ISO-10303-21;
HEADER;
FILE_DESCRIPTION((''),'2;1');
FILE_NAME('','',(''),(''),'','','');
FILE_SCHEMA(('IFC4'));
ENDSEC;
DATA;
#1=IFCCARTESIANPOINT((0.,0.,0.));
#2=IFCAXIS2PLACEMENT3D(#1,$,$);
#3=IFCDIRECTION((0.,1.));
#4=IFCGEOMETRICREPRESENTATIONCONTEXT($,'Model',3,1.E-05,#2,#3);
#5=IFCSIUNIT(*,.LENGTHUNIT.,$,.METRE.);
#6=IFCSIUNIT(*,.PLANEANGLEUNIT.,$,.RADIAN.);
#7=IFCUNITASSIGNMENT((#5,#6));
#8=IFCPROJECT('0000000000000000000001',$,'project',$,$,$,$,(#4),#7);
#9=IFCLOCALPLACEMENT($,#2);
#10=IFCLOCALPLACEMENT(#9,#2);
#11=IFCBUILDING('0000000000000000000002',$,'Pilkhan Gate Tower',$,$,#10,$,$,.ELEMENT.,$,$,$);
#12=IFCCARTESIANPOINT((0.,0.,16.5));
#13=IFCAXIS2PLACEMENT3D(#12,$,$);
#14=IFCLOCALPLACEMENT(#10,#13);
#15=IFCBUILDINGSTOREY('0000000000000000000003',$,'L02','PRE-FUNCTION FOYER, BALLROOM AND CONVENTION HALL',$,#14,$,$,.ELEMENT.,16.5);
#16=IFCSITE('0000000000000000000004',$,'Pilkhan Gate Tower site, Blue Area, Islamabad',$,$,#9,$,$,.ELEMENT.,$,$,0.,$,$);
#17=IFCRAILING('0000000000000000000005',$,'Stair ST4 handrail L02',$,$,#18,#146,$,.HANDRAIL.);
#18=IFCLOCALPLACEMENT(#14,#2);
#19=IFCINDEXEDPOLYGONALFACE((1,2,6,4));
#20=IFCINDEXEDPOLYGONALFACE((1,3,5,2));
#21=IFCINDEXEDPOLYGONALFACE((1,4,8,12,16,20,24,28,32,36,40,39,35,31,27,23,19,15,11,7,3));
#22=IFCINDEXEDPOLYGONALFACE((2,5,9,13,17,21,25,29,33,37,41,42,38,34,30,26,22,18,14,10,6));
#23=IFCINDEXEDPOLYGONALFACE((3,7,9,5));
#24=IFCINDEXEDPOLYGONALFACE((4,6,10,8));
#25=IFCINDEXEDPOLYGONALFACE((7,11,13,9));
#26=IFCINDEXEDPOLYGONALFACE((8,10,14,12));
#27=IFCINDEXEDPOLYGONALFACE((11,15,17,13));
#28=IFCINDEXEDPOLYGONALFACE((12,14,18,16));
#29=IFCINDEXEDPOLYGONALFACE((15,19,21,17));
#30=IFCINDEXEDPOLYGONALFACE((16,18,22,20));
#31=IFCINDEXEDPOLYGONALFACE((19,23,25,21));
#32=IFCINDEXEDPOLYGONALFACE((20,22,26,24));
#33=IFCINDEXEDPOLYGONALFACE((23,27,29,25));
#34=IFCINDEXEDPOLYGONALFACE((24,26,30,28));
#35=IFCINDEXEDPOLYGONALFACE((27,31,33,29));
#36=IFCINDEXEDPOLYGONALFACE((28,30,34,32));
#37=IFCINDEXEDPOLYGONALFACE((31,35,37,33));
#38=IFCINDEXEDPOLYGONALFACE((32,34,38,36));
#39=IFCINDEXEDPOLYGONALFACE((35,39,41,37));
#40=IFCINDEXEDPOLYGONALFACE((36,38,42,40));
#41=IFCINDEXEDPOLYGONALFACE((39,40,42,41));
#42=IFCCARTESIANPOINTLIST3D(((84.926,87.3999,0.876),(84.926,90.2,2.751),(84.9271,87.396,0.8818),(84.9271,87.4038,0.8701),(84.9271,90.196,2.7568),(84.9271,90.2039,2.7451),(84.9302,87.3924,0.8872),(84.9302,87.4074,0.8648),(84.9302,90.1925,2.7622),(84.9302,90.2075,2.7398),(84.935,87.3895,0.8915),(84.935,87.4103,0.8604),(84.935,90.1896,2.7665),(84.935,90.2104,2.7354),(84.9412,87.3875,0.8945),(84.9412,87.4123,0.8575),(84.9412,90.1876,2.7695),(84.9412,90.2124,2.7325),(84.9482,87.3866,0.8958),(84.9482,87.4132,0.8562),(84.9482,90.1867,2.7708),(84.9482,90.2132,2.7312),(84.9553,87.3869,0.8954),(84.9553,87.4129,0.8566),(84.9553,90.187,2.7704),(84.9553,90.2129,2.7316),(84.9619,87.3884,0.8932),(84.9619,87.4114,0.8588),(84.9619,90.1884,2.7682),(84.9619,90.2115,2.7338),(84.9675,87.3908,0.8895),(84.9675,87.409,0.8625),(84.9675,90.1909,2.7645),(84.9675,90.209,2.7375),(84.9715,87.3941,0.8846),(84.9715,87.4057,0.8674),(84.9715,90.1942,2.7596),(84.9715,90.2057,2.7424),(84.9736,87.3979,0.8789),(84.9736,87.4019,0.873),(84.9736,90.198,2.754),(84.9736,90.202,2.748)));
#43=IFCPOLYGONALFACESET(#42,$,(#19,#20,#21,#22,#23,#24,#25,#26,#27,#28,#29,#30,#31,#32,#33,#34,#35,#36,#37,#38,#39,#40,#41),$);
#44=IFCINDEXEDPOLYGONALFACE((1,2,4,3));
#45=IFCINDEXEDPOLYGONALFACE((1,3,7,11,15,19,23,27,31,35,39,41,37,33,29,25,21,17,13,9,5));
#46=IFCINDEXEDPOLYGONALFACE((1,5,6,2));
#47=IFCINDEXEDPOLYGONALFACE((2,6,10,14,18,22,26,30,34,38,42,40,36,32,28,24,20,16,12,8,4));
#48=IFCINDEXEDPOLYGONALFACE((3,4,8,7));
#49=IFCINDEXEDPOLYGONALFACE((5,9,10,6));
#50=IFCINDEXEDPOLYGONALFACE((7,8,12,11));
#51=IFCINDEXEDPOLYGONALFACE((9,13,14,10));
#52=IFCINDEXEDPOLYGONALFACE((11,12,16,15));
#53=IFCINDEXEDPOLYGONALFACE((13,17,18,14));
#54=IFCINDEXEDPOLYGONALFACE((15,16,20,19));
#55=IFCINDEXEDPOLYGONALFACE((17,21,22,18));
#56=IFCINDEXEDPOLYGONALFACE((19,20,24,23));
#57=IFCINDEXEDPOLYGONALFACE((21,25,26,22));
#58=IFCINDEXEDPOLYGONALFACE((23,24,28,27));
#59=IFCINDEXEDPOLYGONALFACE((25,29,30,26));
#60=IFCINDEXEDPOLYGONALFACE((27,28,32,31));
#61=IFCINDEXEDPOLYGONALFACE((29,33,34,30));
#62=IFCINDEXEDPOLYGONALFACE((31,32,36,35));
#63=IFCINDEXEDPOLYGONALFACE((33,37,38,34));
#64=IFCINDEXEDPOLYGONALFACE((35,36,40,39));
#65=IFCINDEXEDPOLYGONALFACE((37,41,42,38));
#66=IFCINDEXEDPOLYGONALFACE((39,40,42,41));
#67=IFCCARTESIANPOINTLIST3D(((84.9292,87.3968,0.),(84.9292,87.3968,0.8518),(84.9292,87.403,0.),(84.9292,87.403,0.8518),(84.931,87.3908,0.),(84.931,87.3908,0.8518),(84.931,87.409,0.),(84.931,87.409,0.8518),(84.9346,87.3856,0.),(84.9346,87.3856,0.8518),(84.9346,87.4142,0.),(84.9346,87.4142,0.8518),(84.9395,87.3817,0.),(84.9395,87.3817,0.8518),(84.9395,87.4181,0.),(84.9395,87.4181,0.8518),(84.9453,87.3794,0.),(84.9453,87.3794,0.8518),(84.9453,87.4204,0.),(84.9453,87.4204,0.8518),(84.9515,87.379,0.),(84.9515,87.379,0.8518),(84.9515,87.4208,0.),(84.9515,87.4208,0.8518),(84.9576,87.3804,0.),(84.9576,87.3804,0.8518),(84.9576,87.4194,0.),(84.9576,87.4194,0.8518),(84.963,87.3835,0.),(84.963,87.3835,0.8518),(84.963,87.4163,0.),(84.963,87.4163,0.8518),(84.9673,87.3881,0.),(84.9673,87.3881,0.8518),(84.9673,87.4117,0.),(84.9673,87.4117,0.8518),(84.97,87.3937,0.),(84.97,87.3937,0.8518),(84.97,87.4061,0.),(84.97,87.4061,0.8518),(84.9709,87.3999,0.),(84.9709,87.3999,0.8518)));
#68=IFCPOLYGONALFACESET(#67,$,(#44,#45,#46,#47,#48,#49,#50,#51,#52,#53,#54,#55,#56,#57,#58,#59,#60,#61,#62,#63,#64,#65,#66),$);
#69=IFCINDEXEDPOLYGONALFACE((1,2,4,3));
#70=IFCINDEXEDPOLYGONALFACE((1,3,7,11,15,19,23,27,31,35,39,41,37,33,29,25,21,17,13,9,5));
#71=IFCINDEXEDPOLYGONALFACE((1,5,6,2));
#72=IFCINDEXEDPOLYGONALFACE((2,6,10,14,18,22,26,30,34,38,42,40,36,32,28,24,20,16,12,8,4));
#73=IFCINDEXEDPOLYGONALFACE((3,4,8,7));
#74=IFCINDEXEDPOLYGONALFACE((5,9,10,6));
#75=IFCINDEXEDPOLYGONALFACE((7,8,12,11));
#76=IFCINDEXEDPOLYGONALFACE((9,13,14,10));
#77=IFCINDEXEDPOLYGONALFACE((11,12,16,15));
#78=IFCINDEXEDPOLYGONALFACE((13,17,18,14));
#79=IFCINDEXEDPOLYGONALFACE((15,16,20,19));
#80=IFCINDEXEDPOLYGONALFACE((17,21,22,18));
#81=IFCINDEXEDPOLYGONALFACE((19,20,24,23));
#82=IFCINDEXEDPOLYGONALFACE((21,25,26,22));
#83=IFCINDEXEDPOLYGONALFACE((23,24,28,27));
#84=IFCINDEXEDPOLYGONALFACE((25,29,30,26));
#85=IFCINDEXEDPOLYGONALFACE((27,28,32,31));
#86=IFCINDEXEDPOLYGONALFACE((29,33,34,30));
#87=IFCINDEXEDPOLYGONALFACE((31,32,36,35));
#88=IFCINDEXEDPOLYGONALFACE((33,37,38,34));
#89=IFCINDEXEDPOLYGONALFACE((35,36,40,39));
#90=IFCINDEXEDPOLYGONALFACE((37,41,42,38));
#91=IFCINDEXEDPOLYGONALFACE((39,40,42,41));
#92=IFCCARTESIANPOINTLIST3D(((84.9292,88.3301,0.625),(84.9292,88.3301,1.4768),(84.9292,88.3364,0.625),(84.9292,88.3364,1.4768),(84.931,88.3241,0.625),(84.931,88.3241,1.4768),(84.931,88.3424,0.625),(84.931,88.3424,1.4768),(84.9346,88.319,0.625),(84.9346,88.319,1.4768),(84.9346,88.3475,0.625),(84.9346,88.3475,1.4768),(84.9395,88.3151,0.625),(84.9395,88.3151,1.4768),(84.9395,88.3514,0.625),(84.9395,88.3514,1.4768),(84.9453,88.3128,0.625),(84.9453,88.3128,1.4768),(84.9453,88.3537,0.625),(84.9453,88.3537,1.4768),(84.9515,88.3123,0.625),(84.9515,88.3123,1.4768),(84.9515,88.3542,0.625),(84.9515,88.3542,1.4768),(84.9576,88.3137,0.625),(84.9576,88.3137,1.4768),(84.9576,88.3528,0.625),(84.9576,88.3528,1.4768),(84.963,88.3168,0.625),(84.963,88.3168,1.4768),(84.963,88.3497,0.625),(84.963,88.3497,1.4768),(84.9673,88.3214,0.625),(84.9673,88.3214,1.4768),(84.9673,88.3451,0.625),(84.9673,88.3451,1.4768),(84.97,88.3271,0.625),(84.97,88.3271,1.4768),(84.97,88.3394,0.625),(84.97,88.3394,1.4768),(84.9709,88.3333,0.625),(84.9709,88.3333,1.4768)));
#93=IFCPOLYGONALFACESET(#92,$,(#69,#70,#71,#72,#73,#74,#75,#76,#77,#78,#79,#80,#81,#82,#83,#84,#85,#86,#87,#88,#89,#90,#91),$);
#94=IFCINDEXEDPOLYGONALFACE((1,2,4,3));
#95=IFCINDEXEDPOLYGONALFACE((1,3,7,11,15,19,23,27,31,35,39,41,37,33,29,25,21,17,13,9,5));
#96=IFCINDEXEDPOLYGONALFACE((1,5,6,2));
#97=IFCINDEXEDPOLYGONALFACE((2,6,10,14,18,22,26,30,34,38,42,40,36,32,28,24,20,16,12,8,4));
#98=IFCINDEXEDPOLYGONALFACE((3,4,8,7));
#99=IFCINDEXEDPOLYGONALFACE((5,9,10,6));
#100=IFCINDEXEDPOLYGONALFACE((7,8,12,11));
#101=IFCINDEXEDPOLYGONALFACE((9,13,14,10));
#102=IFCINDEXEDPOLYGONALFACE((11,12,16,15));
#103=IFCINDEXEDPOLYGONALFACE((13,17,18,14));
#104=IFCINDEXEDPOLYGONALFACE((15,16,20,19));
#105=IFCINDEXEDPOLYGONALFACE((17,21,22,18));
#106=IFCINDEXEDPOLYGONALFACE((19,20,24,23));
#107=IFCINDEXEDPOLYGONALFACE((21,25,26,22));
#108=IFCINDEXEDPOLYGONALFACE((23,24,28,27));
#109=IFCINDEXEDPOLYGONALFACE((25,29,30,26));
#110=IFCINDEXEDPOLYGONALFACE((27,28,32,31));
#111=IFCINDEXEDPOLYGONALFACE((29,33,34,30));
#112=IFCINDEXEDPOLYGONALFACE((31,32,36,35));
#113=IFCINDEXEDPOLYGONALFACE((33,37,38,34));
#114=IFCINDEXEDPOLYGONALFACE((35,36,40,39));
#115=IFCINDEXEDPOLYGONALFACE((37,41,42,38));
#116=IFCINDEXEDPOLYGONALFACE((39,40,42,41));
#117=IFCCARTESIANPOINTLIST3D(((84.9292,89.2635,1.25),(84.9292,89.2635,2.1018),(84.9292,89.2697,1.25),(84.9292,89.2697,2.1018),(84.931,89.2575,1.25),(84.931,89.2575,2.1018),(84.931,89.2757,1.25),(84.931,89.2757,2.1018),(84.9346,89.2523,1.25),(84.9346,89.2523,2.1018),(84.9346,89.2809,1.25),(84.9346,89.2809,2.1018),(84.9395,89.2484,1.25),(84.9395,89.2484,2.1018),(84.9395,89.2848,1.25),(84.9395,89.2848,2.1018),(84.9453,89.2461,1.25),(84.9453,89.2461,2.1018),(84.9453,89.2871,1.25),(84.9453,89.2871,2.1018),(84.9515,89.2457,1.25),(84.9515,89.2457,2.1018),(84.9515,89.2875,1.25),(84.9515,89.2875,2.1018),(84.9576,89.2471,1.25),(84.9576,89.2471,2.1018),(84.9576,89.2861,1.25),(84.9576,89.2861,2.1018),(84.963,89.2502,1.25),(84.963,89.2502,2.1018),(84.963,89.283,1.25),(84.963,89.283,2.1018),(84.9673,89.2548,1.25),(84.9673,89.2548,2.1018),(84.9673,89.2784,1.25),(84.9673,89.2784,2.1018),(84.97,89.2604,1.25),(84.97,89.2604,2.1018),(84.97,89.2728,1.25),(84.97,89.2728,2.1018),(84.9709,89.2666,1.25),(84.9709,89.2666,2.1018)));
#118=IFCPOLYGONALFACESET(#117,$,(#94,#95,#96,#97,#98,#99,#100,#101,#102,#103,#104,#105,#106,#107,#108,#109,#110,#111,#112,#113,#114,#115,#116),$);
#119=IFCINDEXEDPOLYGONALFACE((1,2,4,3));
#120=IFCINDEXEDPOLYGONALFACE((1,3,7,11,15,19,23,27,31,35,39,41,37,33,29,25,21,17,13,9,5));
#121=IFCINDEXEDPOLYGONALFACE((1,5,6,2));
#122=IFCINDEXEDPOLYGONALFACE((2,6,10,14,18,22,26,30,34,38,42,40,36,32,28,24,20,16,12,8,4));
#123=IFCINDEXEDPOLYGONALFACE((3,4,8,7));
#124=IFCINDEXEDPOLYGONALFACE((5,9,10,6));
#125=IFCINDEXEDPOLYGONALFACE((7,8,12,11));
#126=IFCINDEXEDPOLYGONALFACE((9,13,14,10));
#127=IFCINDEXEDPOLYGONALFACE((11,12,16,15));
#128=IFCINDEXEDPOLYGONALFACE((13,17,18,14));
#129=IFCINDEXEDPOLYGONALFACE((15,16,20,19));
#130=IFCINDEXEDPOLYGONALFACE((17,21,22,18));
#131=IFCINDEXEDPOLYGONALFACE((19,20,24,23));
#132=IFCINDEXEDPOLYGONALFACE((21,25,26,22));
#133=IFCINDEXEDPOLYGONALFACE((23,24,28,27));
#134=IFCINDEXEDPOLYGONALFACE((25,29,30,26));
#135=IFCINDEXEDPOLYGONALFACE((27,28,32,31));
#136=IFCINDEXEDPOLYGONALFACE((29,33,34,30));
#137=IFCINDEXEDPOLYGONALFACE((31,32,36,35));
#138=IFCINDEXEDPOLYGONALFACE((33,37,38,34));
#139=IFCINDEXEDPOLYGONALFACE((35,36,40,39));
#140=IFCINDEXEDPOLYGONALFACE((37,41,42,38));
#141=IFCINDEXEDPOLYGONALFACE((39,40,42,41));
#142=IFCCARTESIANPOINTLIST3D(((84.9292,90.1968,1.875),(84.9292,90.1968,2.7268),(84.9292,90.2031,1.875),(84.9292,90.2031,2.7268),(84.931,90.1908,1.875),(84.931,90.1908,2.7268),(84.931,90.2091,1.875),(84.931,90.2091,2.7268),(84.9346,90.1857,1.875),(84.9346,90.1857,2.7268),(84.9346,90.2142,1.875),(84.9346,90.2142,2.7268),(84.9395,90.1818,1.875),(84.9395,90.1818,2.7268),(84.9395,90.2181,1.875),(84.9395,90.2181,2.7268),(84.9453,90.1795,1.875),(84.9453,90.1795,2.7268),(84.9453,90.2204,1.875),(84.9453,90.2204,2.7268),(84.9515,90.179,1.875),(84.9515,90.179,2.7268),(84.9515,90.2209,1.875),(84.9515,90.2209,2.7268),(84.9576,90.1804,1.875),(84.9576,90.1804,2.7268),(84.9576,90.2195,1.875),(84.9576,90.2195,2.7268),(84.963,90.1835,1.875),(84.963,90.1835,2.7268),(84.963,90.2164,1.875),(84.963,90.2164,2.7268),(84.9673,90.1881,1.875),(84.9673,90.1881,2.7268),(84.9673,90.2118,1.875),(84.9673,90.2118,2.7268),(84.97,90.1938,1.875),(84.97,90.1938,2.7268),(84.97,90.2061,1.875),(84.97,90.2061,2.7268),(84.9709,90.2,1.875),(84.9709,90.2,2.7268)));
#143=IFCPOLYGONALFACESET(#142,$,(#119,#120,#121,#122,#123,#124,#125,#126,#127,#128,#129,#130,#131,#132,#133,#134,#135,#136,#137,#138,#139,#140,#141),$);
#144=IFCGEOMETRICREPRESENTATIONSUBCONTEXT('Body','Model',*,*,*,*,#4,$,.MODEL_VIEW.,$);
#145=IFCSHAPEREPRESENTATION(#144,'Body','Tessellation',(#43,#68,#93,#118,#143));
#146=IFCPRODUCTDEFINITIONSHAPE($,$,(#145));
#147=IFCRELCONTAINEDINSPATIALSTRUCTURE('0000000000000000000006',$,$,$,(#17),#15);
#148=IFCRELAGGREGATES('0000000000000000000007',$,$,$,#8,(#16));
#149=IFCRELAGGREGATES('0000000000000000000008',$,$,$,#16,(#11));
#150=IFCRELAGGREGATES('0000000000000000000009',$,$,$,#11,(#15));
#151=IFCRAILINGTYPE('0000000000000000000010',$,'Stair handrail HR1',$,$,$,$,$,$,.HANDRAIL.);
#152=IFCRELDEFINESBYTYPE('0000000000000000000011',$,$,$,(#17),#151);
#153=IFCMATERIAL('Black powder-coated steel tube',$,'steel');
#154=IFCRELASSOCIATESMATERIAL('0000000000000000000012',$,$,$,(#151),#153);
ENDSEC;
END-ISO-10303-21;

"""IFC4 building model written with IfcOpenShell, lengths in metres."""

from ifc_helpers import new_model, si_unit, direction, frame, origin, origin_2d, place, context, subcontext, project, spatial, circle, extrude, material, type_object, element, save


model = new_model("IFC4")

# Units and contexts
model_context = context("Model", 3, precision=1e-05, world=origin(), true_north=direction((0.0, 1.0)))
body_context = subcontext(model_context, "Body", "Model", "MODEL_VIEW")
ifc_project = project(units=[si_unit("LENGTHUNIT", "METRE"), si_unit("PLANEANGLEUNIT", "RADIAN")], contexts=[model_context])

# Site, building, storey
site_placement = place(None, origin())
site = spatial("IfcSite", under=ifc_project, at=site_placement, Name="Pilkhan Gate Tower site, Blue Area, Islamabad", CompositionType="ELEMENT", RefElevation=0.0)
building_placement = place(site_placement, origin())
building = spatial("IfcBuilding", under=site, at=building_placement, Name="Pilkhan Gate Tower", CompositionType="ELEMENT")
storey_placement = place(building_placement, frame((0.0, 0.0, 16.5)))
storey = spatial("IfcBuildingStorey", under=building, at=storey_placement, Name="L02", Description="PRE-FUNCTION FOYER, BALLROOM AND CONVENTION HALL", CompositionType="ELEMENT", Elevation=16.5)

# Railing
ifc_material_1 = material(Name="Black powder-coated steel tube", Category="steel")
railing_type = type_object("IfcRailingType", Name="Stair handrail HR1", PredefinedType="HANDRAIL", material=ifc_material_1)
for number, where, name in (
    (1, (84.95, 87.3999, 0.0), "Stair ST4 handrail L02"),
):
    element("IfcRailing", number, at=place(storey_placement, frame(where)), inside=storey, type_object=railing_type, Name=name, PredefinedType="HANDRAIL", context=body_context, shape_type="SweptSolid", body=[
        extrude(circle(Radius=0.0239, at=origin_2d()), frame((0.0, 0.0, 0.876), z_axis=(0.0, 0.830912, 0.556404), x_axis=(-1.0, 0.0, 0.0)), (0.0, 0.0, 1.0), 3.3699),
        extrude(circle(Radius=0.021, at=origin_2d()), origin(), (0.0, 0.0, 1.0), 0.8518),
        extrude(circle(Radius=0.021, at=origin_2d()), frame((0.0, 0.9333, 0.625)), (0.0, 0.0, 1.0), 0.8518),
        extrude(circle(Radius=0.021, at=origin_2d()), frame((0.0, 1.8667, 1.25)), (0.0, 0.0, 1.0), 0.8518),
        extrude(circle(Radius=0.021, at=origin_2d()), frame((0.0, 2.8, 1.875)), (0.0, 0.0, 1.0), 0.8518),
    ])

save(model, "model.ifc")
